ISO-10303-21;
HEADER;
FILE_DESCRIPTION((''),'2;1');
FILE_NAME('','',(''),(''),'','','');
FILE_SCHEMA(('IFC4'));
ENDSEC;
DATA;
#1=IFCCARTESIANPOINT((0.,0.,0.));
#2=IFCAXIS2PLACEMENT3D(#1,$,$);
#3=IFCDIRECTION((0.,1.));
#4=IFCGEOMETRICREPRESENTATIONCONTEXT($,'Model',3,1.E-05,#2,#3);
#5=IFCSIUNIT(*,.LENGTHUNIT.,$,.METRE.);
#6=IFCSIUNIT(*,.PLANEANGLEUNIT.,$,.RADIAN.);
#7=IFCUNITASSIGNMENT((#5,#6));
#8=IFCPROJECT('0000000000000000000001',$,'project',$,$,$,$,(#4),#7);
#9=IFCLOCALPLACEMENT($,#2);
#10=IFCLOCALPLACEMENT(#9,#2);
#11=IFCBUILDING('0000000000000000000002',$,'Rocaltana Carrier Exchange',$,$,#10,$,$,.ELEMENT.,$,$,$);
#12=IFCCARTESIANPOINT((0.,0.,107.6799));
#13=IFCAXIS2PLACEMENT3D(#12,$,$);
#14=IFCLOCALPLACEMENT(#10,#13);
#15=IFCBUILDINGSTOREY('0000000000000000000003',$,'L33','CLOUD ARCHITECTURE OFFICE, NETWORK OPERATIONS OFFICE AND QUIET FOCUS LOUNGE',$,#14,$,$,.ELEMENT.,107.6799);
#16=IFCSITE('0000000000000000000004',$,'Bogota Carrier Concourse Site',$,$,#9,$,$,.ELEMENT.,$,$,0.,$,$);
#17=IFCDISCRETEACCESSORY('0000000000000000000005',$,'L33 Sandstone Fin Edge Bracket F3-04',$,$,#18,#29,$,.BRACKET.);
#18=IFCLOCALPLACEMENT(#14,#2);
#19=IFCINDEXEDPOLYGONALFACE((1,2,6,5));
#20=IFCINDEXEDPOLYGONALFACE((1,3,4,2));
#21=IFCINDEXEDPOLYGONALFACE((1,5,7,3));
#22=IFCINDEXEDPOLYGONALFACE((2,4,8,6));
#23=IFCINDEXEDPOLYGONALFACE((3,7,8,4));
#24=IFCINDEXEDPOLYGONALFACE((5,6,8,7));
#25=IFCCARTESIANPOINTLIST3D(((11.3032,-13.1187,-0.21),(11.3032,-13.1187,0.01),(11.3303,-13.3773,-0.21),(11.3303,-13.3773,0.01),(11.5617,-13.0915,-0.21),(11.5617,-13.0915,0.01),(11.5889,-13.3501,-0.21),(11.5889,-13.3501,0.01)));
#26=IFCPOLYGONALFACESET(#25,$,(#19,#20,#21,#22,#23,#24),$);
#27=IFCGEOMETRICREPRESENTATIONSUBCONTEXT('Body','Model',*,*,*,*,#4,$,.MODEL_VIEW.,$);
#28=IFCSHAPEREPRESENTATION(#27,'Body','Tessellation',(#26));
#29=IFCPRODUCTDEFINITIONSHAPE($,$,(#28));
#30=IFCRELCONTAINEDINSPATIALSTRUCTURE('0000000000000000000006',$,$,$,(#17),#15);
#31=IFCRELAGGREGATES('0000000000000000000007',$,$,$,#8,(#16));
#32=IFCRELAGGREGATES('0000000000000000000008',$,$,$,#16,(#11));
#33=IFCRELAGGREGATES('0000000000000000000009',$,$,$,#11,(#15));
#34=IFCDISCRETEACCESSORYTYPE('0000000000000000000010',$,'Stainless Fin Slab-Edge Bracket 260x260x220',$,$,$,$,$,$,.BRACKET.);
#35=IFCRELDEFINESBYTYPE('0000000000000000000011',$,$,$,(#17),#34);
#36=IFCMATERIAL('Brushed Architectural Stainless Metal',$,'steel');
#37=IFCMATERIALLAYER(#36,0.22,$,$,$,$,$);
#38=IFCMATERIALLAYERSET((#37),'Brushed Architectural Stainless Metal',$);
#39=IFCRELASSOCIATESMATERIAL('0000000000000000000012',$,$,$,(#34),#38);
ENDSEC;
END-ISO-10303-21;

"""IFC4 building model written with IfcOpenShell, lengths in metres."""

from ifc_helpers import new_model, si_unit, direction, frame, origin, origin_2d, place, context, subcontext, project, spatial, rectangle, extrude, material, layer, layer_set, type_object, element, save


model = new_model("IFC4")

# Units and contexts
model_context = context("Model", 3, precision=1e-05, world=origin(), true_north=direction((0.0, 1.0)))
body_context = subcontext(model_context, "Body", "Model", "MODEL_VIEW")
ifc_project = project(units=[si_unit("LENGTHUNIT", "METRE"), si_unit("PLANEANGLEUNIT", "RADIAN")], contexts=[model_context])

# Site, building, storey
site_placement = place(None, origin())
site = spatial("IfcSite", under=ifc_project, at=site_placement, Name="Bogota Carrier Concourse Site", CompositionType="ELEMENT", RefElevation=0.0)
building_placement = place(site_placement, origin())
building = spatial("IfcBuilding", under=site, at=building_placement, Name="Rocaltana Carrier Exchange", CompositionType="ELEMENT")
storey_placement = place(building_placement, frame((0.0, 0.0, 107.6799)))
storey = spatial("IfcBuildingStorey", under=building, at=storey_placement, Name="L33", Description="CLOUD ARCHITECTURE OFFICE, NETWORK OPERATIONS OFFICE AND QUIET FOCUS LOUNGE", CompositionType="ELEMENT", Elevation=107.6799)

# Discrete accessory
ifc_material_1 = material(Name="Brushed Architectural Stainless Metal", Category="steel")
ifc_layer_1 = layer(ifc_material_1, 0.22)
ifc_layer_set_1 = layer_set([ifc_layer_1], Name="Brushed Architectural Stainless Metal")
discrete_accessory_type = type_object("IfcDiscreteAccessoryType", Name="Stainless Fin Slab-Edge Bracket 260x260x220", PredefinedType="BRACKET", material=ifc_layer_set_1)
discrete_accessory_placement = place(storey_placement, frame((11.446, -13.2344, -0.21), z_axis=(0.0, 0.0, 1.0), x_axis=(0.994522, 0.104528, 0.0)))
element("IfcDiscreteAccessory", 1, at=discrete_accessory_placement, inside=storey, type_object=discrete_accessory_type, Name="L33 Sandstone Fin Edge Bracket F3-04", PredefinedType="BRACKET", context=body_context, shape_type="SweptSolid", body=[
    extrude(rectangle(XDim=0.26, YDim=0.26, at=origin_2d()), origin(), (0.0, 0.0, 1.0), 0.22),
])

save(model, "model.ifc")
